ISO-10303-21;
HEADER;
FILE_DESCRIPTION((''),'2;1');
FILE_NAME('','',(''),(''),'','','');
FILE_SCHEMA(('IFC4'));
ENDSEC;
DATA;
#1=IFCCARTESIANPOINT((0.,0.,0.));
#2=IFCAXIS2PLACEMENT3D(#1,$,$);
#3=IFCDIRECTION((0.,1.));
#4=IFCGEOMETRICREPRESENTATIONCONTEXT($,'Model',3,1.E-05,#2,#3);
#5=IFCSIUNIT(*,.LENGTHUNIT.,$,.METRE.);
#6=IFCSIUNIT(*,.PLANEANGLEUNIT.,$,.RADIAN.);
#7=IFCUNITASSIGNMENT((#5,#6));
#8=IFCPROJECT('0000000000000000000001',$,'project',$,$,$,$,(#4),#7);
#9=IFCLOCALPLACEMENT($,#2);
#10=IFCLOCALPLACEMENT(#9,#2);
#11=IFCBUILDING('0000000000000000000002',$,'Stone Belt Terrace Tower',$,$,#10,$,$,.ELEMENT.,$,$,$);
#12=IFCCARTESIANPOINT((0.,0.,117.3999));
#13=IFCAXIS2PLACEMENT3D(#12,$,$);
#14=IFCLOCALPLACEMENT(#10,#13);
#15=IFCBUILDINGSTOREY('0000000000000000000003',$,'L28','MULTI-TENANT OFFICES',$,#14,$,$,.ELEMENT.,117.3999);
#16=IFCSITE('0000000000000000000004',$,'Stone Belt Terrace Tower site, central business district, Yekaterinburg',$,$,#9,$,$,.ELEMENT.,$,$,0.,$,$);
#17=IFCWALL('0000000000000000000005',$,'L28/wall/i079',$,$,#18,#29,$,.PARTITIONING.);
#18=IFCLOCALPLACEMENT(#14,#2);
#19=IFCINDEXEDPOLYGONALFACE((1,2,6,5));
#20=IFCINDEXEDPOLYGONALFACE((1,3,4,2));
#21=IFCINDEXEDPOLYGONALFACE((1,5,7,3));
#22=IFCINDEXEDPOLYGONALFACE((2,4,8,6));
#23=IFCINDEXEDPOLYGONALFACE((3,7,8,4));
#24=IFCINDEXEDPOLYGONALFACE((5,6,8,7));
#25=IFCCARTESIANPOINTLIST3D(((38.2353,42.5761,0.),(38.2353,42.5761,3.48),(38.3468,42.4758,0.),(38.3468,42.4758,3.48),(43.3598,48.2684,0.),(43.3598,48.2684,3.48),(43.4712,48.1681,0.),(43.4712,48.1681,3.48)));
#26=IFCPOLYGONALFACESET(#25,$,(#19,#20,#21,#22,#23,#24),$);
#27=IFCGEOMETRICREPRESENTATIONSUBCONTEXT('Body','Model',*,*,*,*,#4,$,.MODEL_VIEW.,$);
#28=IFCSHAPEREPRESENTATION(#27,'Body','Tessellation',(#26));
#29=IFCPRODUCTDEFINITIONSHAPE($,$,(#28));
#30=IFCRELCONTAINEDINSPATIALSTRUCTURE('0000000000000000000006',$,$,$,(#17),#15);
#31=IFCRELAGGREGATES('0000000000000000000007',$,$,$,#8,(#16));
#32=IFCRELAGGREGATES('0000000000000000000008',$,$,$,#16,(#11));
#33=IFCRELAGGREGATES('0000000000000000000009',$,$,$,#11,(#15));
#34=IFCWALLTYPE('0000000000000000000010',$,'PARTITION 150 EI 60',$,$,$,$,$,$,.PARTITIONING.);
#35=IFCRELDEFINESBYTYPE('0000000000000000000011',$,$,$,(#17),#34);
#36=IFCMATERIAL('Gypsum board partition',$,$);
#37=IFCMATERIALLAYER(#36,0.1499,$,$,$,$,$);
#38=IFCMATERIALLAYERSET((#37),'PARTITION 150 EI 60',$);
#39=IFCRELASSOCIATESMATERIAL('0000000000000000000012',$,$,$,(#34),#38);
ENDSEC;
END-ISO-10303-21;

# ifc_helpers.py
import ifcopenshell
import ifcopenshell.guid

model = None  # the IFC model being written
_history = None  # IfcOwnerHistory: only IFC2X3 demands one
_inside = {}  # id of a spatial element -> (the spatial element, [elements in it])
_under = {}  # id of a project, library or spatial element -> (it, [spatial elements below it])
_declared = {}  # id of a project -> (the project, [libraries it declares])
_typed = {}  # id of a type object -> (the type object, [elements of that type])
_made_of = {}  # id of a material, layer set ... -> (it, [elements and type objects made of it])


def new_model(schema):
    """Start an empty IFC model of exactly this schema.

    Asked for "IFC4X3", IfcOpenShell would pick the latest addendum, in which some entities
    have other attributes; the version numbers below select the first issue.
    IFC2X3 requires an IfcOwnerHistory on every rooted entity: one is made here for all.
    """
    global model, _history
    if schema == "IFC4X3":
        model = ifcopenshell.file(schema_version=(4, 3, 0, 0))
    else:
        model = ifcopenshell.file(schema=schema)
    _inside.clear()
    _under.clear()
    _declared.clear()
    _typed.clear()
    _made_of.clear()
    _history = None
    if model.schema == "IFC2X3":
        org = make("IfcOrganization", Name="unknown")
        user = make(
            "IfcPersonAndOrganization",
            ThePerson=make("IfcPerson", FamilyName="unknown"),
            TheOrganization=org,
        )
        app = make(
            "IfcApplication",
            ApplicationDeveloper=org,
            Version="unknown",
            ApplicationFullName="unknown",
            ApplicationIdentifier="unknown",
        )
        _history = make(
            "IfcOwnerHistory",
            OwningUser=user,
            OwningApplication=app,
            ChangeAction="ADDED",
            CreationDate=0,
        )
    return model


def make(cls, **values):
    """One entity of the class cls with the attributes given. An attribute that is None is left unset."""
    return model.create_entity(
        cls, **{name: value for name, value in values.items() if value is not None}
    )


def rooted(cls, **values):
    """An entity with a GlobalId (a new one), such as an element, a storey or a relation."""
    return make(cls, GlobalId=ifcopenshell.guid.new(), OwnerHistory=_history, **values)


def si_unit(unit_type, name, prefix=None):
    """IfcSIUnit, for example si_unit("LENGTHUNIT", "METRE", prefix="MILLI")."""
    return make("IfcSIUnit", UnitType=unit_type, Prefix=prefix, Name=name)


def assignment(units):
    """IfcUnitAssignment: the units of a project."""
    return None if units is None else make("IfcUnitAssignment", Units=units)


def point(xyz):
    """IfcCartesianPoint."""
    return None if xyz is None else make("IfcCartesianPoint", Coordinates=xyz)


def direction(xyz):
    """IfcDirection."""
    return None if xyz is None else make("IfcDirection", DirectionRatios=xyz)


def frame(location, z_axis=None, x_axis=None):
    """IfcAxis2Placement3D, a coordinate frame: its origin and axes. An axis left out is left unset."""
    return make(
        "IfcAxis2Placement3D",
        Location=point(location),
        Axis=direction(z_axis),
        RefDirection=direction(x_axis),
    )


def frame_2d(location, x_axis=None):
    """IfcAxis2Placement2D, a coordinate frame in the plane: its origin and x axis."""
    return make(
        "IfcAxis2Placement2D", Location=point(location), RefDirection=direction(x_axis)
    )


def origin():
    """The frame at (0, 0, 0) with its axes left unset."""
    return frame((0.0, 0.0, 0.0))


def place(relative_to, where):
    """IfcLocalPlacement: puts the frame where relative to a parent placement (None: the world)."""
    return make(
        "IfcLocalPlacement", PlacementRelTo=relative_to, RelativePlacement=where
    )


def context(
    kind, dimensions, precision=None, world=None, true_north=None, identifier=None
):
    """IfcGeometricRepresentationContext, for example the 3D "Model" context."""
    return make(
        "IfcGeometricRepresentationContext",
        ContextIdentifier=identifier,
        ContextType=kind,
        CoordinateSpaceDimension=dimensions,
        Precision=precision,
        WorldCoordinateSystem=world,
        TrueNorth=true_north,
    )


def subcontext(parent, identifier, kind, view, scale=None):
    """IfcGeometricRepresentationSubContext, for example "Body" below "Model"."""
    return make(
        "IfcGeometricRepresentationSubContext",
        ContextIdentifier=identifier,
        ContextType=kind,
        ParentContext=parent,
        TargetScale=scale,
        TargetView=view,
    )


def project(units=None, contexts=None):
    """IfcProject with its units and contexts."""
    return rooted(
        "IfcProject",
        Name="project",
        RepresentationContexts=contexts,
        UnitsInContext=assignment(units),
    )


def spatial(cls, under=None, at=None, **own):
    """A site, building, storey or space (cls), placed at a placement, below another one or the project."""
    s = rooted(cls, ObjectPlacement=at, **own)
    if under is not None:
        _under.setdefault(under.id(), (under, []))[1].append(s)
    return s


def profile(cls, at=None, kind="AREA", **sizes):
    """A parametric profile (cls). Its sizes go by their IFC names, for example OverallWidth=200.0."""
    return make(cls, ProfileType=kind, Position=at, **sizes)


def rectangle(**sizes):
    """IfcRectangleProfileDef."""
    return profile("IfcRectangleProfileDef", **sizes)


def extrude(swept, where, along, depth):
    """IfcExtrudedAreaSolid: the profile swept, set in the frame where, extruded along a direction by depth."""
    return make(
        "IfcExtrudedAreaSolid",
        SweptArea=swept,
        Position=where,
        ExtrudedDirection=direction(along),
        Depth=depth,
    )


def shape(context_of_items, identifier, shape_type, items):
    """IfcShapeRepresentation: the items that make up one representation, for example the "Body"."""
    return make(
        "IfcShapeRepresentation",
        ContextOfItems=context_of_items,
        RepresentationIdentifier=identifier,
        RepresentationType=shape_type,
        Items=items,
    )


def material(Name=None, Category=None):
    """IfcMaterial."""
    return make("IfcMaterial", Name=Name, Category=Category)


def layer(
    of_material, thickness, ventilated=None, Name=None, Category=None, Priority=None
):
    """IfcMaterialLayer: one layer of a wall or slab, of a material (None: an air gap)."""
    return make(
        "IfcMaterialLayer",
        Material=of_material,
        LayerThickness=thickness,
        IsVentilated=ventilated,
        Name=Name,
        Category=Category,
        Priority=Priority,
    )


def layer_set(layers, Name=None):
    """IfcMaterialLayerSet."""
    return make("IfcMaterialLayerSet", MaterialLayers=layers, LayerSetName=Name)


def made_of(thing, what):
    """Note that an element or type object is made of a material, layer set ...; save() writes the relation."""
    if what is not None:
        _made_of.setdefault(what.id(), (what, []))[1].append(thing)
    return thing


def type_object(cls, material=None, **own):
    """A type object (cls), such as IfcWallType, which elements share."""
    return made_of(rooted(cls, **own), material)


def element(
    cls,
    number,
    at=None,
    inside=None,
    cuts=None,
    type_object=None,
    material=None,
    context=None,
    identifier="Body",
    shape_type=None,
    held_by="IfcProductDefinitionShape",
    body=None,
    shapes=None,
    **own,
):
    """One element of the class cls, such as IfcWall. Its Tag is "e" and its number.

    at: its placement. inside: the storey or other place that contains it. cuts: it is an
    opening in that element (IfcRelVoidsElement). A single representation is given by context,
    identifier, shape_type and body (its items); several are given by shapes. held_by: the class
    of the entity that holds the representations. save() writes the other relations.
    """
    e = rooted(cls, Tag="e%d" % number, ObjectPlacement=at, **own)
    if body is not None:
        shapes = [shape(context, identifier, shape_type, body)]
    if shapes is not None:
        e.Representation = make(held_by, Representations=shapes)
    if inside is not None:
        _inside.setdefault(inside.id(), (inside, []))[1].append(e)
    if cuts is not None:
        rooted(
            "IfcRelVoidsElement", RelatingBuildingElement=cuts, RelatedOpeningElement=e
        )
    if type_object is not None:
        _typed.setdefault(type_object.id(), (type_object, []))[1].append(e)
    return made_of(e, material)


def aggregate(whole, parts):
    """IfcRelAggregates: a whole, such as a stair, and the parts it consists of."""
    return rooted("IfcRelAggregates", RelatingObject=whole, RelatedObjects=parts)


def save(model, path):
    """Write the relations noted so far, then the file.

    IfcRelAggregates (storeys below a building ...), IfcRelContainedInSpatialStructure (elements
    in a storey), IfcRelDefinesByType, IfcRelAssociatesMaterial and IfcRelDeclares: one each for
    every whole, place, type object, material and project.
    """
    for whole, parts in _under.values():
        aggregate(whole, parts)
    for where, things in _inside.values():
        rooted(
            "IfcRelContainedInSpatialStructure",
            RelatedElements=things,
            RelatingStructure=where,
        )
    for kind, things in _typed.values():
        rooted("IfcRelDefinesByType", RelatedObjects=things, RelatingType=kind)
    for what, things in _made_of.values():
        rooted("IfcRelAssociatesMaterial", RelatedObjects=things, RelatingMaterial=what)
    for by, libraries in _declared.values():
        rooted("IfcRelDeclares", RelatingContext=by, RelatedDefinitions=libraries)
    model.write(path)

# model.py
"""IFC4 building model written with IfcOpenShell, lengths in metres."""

from ifc_helpers import new_model, si_unit, direction, frame, frame_2d, origin, place, context, subcontext, project, spatial, rectangle, extrude, material, layer, layer_set, type_object, element, save


model = new_model("IFC4")

# Units and contexts
model_context = context("Model", 3, precision=1e-05, world=origin(), true_north=direction((0.0, 1.0)))
body_context = subcontext(model_context, "Body", "Model", "MODEL_VIEW")
ifc_project = project(units=[si_unit("LENGTHUNIT", "METRE"), si_unit("PLANEANGLEUNIT", "RADIAN")], contexts=[model_context])

# Site, building, storey
site_placement = place(None, origin())
site = spatial("IfcSite", under=ifc_project, at=site_placement, Name="Stone Belt Terrace Tower site, central business district, Yekaterinburg", CompositionType="ELEMENT", RefElevation=0.0)
building_placement = place(site_placement, origin())
building = spatial("IfcBuilding", under=site, at=building_placement, Name="Stone Belt Terrace Tower", CompositionType="ELEMENT")
storey_placement = place(building_placement, frame((0.0, 0.0, 117.3999)))
storey = spatial("IfcBuildingStorey", under=building, at=storey_placement, Name="L28", Description="MULTI-TENANT OFFICES", CompositionType="ELEMENT", Elevation=117.3999)

# Shared definitions
ifc_material_1 = material(Name="Gypsum board partition")

# Shared definitions
ifc_layer_1 = layer(ifc_material_1, 0.1499)
ifc_layer_set_1 = layer_set([ifc_layer_1], Name="PARTITION 150 EI 60")
wall_type_1 = type_object("IfcWallType", Name="PARTITION 150 EI 60", PredefinedType="PARTITIONING", material=ifc_layer_set_1)

# Wall
wall_1_placement = place(storey_placement, frame((43.4155, 48.2183, 0.0), z_axis=(0.0, 0.0, 1.0), x_axis=(-0.669063, -0.743205, 0.0)))
element("IfcWall", 1, at=wall_1_placement, inside=storey, type_object=wall_type_1, Name="L28/wall/i079", PredefinedType="PARTITIONING", context=body_context, shape_type="SweptSolid", body=[
    extrude(rectangle(XDim=7.6592, YDim=0.1499, at=frame_2d((3.8296, 0.0))), origin(), (0.0, 0.0, 1.0), 3.48),
])

save(model, "model.ifc")
